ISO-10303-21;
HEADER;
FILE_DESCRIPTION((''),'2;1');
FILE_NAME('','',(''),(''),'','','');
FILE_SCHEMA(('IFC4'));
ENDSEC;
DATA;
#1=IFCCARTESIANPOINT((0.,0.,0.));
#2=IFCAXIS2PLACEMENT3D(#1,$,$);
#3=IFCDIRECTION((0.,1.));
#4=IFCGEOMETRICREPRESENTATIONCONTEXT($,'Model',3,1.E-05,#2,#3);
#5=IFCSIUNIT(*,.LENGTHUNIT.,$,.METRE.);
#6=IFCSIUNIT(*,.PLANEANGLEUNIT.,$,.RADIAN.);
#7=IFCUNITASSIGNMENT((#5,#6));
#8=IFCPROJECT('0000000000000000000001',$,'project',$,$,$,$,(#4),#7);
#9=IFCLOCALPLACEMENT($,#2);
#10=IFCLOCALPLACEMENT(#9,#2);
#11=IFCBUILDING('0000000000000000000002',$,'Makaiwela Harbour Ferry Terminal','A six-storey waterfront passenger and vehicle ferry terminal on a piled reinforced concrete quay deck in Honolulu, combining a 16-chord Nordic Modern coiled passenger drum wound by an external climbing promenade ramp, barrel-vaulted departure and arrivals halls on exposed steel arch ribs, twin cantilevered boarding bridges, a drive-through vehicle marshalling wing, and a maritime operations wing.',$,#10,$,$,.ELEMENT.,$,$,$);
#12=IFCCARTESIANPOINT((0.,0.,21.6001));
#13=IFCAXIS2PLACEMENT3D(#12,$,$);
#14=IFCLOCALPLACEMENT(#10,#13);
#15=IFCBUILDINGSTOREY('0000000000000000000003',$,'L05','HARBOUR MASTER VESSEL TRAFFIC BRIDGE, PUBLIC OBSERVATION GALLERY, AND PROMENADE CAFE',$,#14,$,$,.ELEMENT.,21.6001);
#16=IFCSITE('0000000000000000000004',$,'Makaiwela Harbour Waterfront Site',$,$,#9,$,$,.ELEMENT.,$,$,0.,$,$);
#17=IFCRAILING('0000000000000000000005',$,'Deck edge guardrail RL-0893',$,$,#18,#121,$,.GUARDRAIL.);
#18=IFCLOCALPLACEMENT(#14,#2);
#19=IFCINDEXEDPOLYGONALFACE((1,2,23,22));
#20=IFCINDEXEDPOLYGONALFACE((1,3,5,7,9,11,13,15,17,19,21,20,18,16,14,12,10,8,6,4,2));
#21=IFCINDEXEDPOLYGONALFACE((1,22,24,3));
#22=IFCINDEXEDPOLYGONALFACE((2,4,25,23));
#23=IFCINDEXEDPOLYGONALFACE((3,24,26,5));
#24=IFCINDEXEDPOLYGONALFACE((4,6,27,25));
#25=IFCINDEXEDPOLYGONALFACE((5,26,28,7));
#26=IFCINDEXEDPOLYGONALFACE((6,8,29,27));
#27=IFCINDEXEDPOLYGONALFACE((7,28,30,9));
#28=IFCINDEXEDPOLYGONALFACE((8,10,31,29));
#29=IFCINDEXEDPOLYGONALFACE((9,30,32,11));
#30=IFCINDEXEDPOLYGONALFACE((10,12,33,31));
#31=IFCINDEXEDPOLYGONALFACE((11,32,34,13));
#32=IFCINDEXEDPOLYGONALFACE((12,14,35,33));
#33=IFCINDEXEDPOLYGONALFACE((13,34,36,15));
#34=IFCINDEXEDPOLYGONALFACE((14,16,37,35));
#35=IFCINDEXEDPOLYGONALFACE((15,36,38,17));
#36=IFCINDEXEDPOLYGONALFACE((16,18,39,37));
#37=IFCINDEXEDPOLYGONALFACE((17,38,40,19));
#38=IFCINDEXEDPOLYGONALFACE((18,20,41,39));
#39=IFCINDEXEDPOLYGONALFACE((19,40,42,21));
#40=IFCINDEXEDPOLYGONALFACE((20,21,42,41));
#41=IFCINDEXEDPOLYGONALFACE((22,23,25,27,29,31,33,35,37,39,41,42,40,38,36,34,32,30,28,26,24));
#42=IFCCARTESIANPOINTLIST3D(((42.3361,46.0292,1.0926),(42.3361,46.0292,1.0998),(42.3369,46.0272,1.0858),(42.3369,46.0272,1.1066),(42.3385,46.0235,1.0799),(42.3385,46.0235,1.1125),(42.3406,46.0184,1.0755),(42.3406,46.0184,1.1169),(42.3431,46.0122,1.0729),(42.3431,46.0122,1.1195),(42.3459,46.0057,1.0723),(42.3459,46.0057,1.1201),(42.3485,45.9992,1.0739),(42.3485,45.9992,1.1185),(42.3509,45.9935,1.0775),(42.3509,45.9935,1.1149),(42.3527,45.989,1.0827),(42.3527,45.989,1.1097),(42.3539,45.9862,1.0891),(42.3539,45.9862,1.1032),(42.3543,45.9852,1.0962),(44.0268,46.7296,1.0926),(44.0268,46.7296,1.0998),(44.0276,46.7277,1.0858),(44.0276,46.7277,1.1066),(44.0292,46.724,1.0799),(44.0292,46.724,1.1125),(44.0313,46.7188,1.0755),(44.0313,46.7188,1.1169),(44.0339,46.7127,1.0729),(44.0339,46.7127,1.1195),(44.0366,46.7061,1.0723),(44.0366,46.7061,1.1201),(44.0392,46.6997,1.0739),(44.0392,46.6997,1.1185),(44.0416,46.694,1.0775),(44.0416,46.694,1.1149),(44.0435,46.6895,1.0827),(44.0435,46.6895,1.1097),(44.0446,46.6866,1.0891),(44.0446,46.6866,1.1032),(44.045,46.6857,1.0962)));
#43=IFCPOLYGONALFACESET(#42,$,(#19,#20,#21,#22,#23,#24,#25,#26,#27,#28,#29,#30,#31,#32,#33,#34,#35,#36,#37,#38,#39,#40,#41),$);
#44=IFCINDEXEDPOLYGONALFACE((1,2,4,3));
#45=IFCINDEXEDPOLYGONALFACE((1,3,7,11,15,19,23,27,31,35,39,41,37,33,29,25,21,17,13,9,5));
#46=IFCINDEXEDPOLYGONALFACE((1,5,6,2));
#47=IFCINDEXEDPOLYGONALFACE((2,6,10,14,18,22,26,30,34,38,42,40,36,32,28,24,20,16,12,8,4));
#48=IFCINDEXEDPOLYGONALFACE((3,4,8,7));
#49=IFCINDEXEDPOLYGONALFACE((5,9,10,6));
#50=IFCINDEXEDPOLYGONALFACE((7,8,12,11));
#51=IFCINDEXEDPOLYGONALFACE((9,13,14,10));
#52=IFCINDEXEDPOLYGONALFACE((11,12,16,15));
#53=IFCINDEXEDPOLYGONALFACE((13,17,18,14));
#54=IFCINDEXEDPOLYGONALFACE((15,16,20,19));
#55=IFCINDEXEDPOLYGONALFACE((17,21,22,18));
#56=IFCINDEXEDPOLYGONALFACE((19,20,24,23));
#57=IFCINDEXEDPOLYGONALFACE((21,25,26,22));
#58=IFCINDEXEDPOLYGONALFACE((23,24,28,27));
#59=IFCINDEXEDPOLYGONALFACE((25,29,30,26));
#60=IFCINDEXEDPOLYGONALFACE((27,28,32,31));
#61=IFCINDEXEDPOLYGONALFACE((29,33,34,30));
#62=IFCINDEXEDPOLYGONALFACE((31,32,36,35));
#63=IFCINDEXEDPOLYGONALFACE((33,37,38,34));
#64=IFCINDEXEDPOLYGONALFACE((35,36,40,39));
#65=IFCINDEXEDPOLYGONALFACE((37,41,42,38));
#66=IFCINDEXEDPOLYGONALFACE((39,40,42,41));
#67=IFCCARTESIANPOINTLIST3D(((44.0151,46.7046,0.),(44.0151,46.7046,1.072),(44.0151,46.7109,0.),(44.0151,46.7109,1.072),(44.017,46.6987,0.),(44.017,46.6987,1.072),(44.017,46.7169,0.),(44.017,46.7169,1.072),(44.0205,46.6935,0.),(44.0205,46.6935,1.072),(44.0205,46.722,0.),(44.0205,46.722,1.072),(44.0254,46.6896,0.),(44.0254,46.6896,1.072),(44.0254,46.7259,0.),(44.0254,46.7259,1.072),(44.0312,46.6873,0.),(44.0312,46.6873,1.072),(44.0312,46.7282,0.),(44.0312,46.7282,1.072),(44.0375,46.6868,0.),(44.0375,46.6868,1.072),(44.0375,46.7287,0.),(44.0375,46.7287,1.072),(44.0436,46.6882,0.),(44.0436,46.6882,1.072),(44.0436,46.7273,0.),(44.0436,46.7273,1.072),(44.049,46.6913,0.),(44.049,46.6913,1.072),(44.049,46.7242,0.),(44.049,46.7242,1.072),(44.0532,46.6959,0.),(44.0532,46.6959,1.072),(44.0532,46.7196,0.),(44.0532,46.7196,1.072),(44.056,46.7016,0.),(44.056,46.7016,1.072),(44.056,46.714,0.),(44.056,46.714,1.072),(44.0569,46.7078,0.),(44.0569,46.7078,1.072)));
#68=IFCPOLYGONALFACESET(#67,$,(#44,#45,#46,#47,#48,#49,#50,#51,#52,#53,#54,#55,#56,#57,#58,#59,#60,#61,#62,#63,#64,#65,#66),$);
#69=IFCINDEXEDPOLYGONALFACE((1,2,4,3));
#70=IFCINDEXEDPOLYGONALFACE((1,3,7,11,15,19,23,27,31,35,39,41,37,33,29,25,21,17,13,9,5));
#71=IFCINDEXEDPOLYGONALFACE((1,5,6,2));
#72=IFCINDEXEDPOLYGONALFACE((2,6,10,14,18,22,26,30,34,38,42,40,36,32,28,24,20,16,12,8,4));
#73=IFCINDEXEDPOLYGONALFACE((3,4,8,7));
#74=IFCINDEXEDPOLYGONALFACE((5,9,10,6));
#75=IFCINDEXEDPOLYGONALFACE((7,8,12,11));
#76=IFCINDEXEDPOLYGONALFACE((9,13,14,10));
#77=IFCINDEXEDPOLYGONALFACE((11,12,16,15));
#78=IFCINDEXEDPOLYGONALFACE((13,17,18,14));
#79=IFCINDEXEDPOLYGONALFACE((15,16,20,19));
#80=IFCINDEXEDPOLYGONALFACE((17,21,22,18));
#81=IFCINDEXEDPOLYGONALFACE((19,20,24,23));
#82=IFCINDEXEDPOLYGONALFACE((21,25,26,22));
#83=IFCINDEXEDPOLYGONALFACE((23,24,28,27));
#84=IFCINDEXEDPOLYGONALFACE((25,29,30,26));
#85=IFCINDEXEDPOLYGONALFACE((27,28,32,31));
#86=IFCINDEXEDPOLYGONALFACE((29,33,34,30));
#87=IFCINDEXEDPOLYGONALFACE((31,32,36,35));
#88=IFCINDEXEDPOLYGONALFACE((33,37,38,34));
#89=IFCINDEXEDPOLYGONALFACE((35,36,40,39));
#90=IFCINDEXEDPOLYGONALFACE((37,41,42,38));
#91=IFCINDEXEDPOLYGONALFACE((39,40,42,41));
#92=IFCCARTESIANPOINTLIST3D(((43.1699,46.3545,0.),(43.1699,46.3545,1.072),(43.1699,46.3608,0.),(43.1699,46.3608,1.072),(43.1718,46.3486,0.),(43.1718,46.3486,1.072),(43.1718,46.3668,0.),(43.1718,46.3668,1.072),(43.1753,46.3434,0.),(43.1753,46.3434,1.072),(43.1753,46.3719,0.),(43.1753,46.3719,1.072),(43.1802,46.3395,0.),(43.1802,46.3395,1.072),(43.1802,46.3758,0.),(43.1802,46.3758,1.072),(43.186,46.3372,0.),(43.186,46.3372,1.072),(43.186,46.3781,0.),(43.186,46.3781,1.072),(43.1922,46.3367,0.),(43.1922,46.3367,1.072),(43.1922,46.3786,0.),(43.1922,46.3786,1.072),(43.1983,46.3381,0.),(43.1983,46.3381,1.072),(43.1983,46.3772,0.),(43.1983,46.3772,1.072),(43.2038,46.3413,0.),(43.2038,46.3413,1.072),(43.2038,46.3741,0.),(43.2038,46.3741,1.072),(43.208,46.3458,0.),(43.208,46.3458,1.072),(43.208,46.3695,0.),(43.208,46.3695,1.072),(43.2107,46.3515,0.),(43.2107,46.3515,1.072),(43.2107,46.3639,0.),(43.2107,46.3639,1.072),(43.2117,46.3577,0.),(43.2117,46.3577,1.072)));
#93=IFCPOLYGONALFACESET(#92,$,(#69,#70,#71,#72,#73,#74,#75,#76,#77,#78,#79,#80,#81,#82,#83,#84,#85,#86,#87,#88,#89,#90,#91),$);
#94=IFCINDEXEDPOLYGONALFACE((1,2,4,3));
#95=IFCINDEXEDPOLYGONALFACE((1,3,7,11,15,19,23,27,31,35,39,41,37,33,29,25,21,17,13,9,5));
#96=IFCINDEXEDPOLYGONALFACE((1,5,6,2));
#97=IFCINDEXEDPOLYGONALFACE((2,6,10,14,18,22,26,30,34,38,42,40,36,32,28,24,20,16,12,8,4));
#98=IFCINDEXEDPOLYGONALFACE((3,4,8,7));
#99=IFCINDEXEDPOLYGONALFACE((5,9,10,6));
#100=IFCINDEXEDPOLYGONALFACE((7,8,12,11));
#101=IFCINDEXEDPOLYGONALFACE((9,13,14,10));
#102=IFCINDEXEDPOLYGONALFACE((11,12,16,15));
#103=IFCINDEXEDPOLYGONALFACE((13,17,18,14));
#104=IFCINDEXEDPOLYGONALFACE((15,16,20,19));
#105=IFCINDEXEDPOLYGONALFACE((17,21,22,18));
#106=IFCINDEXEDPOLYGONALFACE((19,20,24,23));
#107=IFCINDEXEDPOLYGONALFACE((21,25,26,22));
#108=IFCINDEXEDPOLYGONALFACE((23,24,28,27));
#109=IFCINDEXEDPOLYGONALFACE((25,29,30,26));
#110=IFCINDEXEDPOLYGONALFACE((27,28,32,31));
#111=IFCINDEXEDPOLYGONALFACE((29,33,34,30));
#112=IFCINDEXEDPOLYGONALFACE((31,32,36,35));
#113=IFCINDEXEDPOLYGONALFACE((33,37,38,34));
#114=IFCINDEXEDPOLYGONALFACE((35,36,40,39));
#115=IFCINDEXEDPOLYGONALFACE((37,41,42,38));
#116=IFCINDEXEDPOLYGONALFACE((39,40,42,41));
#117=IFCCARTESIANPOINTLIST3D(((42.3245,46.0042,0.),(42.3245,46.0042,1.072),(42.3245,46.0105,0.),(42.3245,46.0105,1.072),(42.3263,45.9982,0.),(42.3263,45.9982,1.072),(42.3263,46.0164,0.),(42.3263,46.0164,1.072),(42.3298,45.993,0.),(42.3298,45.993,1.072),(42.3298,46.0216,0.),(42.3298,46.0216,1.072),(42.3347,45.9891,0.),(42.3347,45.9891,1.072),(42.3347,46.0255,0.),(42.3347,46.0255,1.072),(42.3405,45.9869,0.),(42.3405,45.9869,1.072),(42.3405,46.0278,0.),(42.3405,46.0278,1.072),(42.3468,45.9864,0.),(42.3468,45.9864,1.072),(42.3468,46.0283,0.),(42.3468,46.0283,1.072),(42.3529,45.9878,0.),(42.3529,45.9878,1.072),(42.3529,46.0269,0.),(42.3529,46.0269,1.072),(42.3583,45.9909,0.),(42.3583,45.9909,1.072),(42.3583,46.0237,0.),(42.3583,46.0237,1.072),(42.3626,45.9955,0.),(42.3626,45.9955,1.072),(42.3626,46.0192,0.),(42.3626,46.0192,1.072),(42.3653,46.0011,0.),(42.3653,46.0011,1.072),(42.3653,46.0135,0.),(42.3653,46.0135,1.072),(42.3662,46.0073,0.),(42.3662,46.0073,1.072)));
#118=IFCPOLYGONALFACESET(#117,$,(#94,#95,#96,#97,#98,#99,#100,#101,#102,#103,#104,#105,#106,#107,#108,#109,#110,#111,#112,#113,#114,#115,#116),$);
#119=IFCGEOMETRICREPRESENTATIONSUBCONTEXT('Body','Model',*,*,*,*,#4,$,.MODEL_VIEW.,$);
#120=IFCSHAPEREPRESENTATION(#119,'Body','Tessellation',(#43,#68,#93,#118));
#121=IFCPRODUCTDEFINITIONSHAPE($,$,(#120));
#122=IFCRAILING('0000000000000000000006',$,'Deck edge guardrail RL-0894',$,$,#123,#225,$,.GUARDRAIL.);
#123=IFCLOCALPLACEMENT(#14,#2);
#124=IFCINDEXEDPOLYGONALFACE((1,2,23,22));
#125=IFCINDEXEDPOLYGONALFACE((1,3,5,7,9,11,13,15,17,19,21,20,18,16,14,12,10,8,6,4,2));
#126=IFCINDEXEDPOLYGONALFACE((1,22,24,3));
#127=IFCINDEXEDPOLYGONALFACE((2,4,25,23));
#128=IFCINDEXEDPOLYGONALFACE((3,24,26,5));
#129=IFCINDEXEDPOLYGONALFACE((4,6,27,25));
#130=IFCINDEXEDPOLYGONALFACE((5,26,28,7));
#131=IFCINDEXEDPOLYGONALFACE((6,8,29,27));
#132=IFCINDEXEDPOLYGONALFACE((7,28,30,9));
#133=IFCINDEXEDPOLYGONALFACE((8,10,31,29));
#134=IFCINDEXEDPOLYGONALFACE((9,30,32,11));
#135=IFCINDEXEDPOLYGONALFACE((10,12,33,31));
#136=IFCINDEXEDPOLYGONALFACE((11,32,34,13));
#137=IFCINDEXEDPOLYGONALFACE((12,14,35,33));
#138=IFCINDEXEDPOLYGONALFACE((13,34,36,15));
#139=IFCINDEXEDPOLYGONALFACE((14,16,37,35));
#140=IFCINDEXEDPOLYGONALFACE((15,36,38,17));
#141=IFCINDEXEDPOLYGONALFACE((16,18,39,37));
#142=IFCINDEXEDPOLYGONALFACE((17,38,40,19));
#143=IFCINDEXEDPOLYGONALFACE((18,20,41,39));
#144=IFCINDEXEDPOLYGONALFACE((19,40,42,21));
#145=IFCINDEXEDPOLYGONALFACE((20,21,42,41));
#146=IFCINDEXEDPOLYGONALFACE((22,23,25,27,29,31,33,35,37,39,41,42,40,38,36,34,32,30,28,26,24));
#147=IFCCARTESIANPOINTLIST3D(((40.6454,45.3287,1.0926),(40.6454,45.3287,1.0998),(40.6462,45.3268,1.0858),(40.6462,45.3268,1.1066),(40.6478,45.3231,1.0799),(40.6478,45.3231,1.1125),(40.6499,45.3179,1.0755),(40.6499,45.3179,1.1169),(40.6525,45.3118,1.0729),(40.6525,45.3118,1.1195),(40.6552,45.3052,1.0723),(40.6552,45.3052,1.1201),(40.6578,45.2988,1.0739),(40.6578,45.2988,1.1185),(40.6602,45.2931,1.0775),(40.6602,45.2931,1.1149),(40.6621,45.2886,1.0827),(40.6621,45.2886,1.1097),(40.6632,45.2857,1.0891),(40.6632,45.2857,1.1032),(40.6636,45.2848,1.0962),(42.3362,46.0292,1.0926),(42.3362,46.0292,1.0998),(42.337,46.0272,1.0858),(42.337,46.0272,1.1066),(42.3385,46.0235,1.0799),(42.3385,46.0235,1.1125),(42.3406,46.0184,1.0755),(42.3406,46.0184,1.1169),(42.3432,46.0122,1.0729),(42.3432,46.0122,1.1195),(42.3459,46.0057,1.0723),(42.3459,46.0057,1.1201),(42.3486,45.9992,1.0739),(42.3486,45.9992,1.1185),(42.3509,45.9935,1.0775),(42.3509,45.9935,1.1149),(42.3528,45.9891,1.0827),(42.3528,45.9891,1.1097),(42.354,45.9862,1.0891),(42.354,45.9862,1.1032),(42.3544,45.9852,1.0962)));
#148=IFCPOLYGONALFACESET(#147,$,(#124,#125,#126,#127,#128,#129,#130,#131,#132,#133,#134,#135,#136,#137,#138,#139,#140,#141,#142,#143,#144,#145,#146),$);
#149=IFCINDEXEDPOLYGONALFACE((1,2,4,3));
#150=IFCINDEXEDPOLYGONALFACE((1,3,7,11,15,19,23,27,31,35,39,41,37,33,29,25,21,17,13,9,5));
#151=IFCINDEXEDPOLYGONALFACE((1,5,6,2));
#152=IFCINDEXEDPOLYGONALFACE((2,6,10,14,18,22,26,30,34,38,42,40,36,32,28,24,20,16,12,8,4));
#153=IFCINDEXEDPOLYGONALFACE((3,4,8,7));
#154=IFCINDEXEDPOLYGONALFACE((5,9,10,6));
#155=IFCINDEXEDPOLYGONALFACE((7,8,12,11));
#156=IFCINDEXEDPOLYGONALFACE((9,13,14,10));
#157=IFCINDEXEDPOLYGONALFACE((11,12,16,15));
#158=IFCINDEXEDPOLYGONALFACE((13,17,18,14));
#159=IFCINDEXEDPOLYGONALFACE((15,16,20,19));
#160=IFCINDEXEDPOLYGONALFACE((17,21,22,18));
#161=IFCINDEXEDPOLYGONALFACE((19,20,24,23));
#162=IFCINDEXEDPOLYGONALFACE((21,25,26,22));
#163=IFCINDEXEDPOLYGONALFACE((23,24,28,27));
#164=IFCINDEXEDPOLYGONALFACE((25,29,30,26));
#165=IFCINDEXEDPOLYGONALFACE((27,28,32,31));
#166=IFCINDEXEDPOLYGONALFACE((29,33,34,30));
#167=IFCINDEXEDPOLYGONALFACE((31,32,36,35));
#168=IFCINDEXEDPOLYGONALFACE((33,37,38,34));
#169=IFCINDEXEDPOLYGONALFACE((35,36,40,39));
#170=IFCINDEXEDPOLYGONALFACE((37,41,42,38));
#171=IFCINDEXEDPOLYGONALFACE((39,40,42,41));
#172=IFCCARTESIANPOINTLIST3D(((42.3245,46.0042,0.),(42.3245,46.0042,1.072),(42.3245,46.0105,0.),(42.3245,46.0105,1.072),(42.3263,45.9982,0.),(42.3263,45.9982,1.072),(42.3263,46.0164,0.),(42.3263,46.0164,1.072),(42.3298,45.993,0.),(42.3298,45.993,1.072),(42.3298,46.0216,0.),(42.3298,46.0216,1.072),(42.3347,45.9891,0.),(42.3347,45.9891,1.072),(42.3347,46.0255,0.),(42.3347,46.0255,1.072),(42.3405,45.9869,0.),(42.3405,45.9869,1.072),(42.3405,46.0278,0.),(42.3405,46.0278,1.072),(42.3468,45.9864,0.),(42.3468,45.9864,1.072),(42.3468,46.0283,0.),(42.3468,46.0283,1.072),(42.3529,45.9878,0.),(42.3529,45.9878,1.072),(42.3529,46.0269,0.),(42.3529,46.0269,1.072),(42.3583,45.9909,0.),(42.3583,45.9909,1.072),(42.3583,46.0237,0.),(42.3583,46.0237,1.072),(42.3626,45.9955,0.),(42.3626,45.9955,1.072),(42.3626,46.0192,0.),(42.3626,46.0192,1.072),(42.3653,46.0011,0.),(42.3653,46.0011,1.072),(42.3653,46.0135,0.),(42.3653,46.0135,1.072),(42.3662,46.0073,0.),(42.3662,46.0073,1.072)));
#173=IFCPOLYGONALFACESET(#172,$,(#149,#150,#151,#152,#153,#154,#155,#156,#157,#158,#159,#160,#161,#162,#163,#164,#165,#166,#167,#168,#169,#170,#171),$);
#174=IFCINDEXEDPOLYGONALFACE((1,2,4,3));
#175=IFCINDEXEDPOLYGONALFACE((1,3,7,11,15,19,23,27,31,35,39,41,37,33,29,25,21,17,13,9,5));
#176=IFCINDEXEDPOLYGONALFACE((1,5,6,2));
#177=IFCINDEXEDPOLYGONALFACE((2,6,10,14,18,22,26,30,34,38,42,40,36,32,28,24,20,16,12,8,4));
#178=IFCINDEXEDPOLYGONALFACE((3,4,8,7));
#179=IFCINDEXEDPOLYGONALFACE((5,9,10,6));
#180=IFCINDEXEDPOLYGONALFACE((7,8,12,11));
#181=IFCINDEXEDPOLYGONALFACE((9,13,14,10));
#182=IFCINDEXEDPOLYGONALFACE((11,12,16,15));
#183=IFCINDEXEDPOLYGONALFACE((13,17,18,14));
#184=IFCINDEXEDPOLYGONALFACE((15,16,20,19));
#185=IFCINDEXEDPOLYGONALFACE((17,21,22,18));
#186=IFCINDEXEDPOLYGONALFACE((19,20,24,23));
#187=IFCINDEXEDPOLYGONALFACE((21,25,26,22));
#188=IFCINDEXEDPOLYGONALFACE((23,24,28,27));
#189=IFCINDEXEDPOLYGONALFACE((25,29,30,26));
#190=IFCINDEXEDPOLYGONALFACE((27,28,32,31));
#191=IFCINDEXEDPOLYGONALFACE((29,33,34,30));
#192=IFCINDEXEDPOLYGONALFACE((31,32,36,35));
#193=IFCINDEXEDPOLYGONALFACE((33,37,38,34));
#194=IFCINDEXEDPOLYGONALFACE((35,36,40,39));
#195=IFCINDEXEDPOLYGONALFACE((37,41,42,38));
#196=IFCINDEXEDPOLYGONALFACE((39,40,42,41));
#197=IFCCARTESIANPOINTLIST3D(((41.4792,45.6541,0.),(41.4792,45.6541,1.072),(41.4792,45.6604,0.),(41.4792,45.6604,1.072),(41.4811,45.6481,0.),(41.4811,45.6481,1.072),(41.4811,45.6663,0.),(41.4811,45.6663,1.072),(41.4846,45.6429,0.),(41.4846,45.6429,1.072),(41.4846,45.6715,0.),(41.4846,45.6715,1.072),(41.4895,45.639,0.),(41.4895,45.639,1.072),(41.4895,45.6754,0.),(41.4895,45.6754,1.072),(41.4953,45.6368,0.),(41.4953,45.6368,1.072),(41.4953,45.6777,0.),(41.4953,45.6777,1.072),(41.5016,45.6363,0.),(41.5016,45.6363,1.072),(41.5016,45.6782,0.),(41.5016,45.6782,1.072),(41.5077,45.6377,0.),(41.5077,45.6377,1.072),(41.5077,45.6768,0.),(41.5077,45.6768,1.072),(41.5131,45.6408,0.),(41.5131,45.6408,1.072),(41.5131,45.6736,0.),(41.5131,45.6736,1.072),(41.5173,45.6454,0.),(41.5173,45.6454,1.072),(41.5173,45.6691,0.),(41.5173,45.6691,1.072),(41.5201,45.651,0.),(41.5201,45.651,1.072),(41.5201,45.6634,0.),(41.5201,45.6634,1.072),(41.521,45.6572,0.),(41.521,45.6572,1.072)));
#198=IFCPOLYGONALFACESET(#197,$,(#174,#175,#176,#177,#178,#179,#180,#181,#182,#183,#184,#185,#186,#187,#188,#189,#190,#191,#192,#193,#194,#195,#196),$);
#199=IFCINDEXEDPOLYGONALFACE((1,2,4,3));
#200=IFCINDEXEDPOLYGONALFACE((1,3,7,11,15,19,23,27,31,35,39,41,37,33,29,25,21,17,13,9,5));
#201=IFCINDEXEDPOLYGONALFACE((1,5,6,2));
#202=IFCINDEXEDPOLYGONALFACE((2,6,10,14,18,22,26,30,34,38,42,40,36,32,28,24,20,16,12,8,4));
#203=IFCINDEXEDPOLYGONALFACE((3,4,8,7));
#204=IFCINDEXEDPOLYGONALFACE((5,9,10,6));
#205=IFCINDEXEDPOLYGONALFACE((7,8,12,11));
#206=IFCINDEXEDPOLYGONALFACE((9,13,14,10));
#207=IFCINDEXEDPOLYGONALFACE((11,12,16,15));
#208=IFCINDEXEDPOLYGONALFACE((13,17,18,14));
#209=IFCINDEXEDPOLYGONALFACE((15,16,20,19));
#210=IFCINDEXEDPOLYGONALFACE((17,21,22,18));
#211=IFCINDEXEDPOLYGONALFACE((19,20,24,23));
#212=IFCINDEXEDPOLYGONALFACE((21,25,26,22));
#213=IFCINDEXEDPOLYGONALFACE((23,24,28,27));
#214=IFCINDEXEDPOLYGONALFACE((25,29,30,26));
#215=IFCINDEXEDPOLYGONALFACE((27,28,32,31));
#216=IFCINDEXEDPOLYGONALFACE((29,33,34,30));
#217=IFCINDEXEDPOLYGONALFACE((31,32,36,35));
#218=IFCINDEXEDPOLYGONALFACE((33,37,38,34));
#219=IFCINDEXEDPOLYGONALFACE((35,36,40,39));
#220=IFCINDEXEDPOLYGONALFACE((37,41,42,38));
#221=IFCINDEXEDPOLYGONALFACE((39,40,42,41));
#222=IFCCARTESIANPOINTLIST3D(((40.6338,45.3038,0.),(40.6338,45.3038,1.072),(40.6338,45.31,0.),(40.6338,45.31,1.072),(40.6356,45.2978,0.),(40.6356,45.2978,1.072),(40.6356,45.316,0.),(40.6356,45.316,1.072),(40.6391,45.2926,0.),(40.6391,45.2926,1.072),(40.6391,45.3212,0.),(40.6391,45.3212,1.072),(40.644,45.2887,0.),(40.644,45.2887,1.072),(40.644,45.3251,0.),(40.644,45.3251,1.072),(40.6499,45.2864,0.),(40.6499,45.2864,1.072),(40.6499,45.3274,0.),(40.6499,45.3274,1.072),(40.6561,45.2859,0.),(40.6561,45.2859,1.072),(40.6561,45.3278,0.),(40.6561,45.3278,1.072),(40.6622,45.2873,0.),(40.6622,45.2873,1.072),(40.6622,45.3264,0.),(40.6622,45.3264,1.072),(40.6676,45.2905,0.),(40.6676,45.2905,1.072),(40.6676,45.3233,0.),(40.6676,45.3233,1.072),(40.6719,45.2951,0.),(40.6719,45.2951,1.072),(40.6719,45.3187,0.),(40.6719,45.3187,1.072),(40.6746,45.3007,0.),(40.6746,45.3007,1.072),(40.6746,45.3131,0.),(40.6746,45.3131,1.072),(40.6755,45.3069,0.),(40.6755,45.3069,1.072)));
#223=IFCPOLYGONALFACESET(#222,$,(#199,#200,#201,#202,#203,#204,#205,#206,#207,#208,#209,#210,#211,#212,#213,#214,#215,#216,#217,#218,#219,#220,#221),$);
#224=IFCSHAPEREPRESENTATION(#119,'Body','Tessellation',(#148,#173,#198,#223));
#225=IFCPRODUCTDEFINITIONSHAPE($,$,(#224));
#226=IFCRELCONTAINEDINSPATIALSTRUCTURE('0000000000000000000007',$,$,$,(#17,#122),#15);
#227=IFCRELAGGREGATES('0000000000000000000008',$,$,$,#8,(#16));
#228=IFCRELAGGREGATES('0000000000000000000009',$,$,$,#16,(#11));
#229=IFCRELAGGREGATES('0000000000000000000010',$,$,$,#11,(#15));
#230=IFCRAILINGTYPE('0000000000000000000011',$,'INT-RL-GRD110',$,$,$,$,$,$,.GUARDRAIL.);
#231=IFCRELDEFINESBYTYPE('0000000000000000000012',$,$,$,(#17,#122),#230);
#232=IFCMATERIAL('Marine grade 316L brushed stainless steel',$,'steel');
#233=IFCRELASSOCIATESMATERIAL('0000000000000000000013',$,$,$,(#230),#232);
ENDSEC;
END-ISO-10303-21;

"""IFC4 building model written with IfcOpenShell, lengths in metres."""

from ifc_helpers import new_model, si_unit, direction, frame, origin, origin_2d, place, context, subcontext, project, spatial, circle, extrude, material, type_object, element, save


model = new_model("IFC4")

# Units and contexts
model_context = context("Model", 3, precision=1e-05, world=origin(), true_north=direction((0.0, 1.0)))
body_context = subcontext(model_context, "Body", "Model", "MODEL_VIEW")
ifc_project = project(units=[si_unit("LENGTHUNIT", "METRE"), si_unit("PLANEANGLEUNIT", "RADIAN")], contexts=[model_context])

# Site, building, storey
site_placement = place(None, origin())
site = spatial("IfcSite", under=ifc_project, at=site_placement, Name="Makaiwela Harbour Waterfront Site", CompositionType="ELEMENT", RefElevation=0.0)
building_placement = place(site_placement, origin())
building = spatial("IfcBuilding", under=site, at=building_placement, Name="Makaiwela Harbour Ferry Terminal", Description="A six-storey waterfront passenger and vehicle ferry terminal on a piled reinforced concrete quay deck in Honolulu, combining a 16-chord Nordic Modern coiled passenger drum wound by an external climbing promenade ramp, barrel-vaulted departure and arrivals halls on exposed steel arch ribs, twin cantilevered boarding bridges, a drive-through vehicle marshalling wing, and a maritime operations wing.", CompositionType="ELEMENT")
storey_placement = place(building_placement, frame((0.0, 0.0, 21.6001)))
storey = spatial("IfcBuildingStorey", under=building, at=storey_placement, Name="L05", Description="HARBOUR MASTER VESSEL TRAFFIC BRIDGE, PUBLIC OBSERVATION GALLERY, AND PROMENADE CAFE", CompositionType="ELEMENT", Elevation=21.6001)

# Railings
ifc_material_1 = material(Name="Marine grade 316L brushed stainless steel", Category="steel")
railing_type = type_object("IfcRailingType", Name="INT-RL-GRD110", PredefinedType="GUARDRAIL", material=ifc_material_1)
for number, where, name in (
    (1, (44.0359, 46.7078, 0.0), "Deck edge guardrail RL-0893"),
    (2, (42.3452, 46.0073, 0.0), "Deck edge guardrail RL-0894"),
):
    element("IfcRailing", number, at=place(storey_placement, frame(where)), inside=storey, type_object=railing_type, Name=name, PredefinedType="GUARDRAIL", context=body_context, shape_type="SweptSolid", body=[
        extrude(circle(Radius=0.0239, at=origin_2d()), frame((0.0, 0.0, 1.0962), z_axis=(-0.923853, -0.382748, 0.0), x_axis=(0.382748, -0.923853, 0.0)), (0.0, 0.0, 1.0), 1.8301),
        extrude(circle(Radius=0.021, at=origin_2d()), origin(), (0.0, 0.0, 1.0), 1.072),
        extrude(circle(Radius=0.021, at=origin_2d()), frame((-0.8452, -0.3501, 0.0)), (0.0, 0.0, 1.0), 1.072),
        extrude(circle(Radius=0.021, at=origin_2d()), frame((-1.6907, -0.7004, 0.0)), (0.0, 0.0, 1.0), 1.072),
    ])

save(model, "model.ifc")
